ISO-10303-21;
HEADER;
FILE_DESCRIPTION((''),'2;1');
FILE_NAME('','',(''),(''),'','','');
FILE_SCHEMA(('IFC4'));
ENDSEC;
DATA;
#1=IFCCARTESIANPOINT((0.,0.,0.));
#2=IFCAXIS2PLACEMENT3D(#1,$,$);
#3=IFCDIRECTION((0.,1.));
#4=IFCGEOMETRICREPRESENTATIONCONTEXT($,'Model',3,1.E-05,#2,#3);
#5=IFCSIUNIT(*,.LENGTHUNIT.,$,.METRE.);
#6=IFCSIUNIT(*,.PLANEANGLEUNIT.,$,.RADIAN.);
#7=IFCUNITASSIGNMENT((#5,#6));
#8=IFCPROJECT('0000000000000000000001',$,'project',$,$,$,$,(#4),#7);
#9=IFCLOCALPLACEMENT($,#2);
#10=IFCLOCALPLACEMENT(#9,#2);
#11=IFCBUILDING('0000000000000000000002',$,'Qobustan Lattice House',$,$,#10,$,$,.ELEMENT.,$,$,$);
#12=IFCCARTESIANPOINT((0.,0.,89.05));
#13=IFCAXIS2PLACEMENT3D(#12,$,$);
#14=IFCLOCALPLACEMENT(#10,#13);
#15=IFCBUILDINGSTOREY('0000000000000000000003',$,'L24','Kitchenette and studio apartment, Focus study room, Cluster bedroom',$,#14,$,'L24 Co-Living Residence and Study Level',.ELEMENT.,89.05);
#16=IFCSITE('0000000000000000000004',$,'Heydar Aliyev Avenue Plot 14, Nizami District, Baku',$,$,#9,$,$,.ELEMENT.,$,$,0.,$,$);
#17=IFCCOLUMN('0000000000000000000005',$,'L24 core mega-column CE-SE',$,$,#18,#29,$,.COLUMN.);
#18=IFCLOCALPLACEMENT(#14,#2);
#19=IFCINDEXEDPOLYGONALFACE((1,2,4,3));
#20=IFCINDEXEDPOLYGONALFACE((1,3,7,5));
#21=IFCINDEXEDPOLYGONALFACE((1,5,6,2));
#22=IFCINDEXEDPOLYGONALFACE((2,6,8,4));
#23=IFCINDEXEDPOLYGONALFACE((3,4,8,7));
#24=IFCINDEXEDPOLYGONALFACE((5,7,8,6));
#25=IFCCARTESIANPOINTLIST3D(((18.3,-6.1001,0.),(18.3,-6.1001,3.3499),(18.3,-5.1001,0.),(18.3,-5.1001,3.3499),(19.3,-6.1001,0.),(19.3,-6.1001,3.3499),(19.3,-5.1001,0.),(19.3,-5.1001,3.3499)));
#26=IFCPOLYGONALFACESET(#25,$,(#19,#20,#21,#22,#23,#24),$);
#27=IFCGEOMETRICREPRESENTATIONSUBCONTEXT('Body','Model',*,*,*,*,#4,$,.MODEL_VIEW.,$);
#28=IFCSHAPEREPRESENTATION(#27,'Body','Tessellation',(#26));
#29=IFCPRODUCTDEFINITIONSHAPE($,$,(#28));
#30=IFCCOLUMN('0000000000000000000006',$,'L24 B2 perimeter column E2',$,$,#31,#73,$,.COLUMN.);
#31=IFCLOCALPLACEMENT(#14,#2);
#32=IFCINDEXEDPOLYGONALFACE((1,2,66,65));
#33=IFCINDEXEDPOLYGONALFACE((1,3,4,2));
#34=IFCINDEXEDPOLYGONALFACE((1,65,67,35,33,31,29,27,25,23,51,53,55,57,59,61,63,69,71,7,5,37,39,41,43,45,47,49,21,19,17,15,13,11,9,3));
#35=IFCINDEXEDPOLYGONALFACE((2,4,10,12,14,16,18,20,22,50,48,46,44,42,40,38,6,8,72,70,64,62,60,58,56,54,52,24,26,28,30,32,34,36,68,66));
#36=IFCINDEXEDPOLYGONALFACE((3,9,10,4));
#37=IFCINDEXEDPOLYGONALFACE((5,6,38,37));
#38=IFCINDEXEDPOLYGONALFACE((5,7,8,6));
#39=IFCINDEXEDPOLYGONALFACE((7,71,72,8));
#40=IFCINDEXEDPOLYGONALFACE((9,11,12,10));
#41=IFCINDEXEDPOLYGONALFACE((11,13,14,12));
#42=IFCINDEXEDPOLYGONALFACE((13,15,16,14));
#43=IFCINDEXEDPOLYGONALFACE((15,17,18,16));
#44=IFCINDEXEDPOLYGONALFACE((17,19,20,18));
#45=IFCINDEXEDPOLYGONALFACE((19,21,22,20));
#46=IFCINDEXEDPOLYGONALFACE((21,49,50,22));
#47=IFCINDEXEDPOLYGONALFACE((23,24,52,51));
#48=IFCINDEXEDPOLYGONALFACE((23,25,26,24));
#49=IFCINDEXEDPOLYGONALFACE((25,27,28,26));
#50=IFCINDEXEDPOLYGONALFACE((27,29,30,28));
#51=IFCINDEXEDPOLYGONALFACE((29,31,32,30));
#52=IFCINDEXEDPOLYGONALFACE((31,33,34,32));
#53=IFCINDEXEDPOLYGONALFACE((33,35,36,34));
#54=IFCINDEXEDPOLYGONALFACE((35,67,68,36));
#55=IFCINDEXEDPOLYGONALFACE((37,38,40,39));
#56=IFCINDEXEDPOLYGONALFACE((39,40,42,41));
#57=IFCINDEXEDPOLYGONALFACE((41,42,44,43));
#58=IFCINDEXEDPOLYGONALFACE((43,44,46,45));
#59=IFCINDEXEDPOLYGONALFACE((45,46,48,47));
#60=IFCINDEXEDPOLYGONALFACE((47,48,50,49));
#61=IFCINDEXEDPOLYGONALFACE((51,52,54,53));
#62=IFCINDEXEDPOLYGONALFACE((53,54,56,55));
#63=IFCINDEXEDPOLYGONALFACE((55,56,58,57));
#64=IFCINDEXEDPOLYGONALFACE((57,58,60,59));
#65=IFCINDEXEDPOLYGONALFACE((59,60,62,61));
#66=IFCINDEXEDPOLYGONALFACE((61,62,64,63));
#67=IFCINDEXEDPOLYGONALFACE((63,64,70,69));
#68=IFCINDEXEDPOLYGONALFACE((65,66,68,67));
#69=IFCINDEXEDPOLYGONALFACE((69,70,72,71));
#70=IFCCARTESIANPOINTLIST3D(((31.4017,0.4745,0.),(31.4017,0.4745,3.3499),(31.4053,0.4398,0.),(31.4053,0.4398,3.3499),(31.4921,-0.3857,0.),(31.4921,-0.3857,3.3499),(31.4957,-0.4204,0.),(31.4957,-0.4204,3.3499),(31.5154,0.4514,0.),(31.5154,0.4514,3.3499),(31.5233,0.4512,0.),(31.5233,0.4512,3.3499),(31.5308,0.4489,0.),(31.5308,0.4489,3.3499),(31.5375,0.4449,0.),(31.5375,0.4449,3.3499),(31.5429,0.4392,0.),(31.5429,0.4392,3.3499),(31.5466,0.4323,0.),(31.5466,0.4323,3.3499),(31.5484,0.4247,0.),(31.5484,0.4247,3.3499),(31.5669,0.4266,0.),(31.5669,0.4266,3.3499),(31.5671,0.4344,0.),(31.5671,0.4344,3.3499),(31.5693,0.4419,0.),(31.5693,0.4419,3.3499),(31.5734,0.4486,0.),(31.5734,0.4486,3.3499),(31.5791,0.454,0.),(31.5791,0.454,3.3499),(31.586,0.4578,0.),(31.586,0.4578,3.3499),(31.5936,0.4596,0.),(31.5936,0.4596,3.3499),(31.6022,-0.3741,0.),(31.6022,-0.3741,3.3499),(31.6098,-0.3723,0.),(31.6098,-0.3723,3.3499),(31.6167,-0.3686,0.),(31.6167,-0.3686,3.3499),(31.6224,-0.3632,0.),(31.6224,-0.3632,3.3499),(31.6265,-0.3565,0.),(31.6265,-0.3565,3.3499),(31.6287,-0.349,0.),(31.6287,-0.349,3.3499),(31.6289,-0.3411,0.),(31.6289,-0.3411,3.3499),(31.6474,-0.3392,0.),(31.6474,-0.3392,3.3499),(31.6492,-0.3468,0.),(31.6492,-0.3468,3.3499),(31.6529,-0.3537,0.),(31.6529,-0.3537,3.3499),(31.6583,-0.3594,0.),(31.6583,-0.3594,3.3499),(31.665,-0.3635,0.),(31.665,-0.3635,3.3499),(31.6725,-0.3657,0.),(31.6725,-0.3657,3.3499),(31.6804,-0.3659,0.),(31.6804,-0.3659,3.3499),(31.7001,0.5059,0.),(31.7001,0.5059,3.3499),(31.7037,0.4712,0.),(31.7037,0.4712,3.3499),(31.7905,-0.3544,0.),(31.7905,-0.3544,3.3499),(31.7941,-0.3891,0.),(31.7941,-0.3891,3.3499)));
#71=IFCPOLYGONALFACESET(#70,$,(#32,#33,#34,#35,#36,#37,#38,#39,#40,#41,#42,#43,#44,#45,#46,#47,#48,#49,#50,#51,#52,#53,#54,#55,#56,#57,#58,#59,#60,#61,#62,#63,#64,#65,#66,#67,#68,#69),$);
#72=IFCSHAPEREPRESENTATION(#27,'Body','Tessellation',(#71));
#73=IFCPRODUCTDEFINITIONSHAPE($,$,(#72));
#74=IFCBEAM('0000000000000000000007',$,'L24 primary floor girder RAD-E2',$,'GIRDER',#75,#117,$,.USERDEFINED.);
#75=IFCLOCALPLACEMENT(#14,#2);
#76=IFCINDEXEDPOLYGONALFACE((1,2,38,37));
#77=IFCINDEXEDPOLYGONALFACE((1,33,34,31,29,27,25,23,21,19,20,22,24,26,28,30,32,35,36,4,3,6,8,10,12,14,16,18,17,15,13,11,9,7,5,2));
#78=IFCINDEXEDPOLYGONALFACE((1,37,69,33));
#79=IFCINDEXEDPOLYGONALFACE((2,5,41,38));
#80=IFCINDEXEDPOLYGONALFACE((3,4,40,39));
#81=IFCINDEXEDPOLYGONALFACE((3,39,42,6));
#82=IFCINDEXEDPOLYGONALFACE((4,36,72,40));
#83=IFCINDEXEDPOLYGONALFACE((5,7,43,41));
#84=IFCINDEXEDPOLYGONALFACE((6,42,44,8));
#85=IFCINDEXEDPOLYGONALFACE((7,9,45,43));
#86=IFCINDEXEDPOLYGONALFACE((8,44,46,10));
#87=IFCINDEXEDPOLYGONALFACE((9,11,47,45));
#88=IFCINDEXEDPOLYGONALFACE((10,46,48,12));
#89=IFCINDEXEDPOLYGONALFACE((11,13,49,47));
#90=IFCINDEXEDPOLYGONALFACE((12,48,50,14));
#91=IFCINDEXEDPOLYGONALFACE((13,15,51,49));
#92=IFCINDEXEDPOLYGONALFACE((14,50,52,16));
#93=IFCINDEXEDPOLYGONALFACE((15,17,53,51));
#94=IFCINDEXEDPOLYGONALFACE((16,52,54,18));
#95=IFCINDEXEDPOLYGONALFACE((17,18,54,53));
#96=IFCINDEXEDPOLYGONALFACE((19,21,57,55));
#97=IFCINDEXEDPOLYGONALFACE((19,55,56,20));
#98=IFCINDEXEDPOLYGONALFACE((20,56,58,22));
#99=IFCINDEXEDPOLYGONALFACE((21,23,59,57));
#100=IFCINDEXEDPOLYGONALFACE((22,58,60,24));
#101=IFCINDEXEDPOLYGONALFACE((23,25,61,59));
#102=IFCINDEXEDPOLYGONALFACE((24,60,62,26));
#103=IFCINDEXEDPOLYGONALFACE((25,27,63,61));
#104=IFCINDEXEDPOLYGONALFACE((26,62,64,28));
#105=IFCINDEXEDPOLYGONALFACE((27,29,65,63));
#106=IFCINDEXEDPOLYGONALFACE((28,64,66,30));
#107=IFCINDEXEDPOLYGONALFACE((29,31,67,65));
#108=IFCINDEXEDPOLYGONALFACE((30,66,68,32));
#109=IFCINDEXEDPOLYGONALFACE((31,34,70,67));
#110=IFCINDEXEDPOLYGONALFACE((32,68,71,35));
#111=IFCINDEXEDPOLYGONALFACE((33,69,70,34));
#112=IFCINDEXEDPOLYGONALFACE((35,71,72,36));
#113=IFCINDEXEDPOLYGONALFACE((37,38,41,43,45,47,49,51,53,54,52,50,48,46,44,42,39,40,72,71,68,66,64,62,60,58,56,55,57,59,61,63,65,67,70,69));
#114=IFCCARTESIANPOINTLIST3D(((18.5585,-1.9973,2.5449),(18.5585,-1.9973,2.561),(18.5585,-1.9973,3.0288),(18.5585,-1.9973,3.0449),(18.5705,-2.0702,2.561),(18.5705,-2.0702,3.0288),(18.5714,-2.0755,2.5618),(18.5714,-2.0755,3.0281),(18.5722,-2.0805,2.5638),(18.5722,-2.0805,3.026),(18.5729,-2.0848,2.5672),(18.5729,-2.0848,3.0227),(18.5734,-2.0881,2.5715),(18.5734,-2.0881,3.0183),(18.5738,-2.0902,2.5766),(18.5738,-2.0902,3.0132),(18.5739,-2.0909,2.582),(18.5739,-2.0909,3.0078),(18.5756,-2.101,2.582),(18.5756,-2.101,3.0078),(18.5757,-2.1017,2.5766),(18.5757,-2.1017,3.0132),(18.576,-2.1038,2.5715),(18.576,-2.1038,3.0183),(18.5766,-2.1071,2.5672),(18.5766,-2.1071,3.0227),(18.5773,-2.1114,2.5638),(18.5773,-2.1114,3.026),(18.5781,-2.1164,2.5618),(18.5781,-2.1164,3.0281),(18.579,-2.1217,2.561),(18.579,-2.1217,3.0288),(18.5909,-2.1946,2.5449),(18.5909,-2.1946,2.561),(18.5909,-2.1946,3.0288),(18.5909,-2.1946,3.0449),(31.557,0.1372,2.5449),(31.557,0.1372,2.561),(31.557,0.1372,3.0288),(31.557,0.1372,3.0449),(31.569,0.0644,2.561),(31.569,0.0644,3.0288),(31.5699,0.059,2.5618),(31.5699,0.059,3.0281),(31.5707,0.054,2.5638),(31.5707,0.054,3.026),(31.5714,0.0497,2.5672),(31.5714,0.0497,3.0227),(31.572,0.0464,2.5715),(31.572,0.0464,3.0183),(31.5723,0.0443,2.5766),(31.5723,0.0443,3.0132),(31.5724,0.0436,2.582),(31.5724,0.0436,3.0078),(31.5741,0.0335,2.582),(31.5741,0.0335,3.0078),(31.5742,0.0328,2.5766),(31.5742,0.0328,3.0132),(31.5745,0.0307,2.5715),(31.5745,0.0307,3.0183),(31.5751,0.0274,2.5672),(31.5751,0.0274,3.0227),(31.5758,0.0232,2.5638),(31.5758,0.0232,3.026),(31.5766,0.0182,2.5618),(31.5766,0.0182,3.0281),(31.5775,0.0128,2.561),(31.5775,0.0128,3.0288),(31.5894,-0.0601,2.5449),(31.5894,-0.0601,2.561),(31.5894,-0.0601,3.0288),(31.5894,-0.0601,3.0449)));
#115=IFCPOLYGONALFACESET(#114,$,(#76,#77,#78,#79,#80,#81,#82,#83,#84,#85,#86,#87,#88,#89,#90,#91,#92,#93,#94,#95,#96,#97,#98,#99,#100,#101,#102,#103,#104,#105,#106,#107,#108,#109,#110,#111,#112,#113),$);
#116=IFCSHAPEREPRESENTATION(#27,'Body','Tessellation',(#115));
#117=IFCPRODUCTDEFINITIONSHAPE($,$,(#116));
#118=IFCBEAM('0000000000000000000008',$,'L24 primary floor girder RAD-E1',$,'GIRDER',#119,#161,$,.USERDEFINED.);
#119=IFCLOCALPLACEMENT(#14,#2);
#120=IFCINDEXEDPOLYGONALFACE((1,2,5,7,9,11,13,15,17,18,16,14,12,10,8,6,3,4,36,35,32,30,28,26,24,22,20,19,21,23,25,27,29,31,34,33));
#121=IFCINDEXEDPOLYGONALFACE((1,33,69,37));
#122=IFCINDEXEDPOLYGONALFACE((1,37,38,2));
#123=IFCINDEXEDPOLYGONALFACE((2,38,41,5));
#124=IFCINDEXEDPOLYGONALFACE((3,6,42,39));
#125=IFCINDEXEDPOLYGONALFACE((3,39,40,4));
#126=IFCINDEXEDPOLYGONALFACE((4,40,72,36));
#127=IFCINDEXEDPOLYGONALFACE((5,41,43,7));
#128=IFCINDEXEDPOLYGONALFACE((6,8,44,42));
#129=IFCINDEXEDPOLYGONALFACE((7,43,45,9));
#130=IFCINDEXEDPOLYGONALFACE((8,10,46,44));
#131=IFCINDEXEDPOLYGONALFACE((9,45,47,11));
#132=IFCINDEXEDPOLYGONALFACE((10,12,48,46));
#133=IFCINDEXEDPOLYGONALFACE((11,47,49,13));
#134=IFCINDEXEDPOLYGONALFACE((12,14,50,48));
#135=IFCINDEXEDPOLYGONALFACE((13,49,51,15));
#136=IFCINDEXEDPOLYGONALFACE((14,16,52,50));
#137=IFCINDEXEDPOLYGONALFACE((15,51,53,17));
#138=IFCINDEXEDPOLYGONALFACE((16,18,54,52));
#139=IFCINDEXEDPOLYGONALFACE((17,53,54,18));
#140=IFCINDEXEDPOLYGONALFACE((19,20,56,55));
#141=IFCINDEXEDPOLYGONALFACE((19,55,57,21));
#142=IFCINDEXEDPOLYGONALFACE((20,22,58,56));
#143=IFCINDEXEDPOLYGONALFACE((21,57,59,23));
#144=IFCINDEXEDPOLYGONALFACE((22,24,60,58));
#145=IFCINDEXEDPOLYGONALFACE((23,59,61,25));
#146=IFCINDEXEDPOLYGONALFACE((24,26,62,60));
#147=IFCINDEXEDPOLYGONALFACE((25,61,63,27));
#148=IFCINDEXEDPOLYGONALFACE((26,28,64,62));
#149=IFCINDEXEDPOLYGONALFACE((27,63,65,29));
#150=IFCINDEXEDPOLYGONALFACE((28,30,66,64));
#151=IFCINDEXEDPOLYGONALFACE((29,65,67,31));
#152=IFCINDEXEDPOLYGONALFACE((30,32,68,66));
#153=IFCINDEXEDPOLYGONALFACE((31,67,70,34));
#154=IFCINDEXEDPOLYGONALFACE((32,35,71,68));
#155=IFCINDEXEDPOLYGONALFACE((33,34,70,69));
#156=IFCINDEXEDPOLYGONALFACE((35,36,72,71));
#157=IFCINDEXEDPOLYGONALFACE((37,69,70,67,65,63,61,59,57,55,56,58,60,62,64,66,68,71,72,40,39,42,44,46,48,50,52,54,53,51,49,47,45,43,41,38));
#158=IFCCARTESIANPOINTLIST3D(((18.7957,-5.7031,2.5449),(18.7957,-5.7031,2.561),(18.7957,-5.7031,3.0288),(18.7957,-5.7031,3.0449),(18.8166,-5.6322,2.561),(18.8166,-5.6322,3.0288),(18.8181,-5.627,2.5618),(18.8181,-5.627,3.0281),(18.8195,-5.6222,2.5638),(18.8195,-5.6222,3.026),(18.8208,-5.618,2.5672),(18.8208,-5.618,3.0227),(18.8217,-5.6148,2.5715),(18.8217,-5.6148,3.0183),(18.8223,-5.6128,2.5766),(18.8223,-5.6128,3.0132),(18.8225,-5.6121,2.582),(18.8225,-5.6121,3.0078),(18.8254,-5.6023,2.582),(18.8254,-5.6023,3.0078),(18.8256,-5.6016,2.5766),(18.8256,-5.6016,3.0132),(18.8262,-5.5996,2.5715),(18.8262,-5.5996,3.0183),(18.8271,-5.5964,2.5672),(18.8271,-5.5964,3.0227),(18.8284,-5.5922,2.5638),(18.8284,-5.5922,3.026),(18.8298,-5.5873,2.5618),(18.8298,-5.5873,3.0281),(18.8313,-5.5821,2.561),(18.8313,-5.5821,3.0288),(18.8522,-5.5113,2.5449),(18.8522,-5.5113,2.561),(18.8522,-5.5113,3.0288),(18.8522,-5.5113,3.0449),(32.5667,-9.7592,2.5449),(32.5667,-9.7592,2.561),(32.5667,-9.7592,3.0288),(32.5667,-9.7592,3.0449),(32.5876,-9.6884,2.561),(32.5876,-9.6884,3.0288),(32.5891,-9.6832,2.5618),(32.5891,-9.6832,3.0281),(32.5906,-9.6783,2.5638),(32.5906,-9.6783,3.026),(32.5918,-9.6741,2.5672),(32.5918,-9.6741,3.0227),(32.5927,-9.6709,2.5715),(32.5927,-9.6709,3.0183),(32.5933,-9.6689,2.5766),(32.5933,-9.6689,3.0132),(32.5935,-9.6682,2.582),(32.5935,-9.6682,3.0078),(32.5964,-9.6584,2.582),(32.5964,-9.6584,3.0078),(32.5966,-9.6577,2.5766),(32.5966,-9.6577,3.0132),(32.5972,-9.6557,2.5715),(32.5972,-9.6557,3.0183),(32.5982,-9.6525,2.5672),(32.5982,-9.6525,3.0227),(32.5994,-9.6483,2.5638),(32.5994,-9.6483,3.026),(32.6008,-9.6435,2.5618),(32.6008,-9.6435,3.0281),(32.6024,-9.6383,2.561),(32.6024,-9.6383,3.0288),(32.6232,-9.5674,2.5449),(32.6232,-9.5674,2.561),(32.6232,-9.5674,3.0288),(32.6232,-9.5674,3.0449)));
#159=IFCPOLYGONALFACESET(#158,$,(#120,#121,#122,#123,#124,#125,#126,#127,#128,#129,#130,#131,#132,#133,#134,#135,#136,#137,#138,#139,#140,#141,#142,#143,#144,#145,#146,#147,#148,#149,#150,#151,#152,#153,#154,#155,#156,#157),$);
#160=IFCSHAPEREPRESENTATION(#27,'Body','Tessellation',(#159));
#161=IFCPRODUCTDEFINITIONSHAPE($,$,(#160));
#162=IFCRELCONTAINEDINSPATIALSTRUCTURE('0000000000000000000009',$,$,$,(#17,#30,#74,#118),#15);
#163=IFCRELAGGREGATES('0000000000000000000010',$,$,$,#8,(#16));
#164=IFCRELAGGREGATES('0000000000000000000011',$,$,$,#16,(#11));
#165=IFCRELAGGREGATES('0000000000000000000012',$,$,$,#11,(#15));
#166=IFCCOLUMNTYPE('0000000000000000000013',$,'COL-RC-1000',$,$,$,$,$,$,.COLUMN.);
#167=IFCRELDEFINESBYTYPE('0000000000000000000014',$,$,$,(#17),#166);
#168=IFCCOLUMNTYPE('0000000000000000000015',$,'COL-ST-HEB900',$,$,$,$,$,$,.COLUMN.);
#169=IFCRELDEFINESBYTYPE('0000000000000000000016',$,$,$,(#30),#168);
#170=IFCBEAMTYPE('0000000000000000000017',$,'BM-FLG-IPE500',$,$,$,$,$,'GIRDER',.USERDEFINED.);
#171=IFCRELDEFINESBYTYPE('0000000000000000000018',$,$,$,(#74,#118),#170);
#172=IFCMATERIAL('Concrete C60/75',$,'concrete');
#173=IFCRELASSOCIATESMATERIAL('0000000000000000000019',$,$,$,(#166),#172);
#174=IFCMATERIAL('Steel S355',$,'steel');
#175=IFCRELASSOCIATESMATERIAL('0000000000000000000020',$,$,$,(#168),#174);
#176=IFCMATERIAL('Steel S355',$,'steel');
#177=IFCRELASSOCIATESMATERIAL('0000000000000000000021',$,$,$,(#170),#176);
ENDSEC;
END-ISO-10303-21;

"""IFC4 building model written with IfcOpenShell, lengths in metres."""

from ifc_helpers import new_model, si_unit, direction, frame, origin, origin_2d, place, context, subcontext, project, spatial, rectangle, i_section, extrude, material, material_profile, profile_set, type_object, element, save


model = new_model("IFC4")

# Units and contexts
model_context = context("Model", 3, precision=1e-05, world=origin(), true_north=direction((0.0, 1.0)))
body_context = subcontext(model_context, "Body", "Model", "MODEL_VIEW")
ifc_project = project(units=[si_unit("LENGTHUNIT", "METRE"), si_unit("PLANEANGLEUNIT", "RADIAN")], contexts=[model_context])

# Site, building, storey
site_placement = place(None, origin())
site = spatial("IfcSite", under=ifc_project, at=site_placement, Name="Heydar Aliyev Avenue Plot 14, Nizami District, Baku", CompositionType="ELEMENT", RefElevation=0.0)
building_placement = place(site_placement, origin())
building = spatial("IfcBuilding", under=site, at=building_placement, Name="Qobustan Lattice House", CompositionType="ELEMENT")
storey_placement = place(building_placement, frame((0.0, 0.0, 89.05)))
storey = spatial("IfcBuildingStorey", under=building, at=storey_placement, Name="L24", Description="Kitchenette and studio apartment, Focus study room, Cluster bedroom", LongName="L24 Co-Living Residence and Study Level", CompositionType="ELEMENT", Elevation=89.05)

# Columns
ifc_material_1 = material(Name="Concrete C60/75", Category="concrete")
ifc_material_profile_1 = material_profile(ifc_material_1, rectangle(XDim=1.0, YDim=1.0, at=origin_2d()), Name="RC1000x1000")
ifc_profile_set_1 = profile_set([ifc_material_profile_1], Name="Concrete C60/75")
column_type_1 = type_object("IfcColumnType", Name="COL-RC-1000", PredefinedType="COLUMN", material=ifc_profile_set_1)
column_1_placement = place(storey_placement, frame((18.8, -5.6001, 0.0), z_axis=(0.0, 0.0, 1.0), x_axis=(1.0, 0.0, 0.0)))
element("IfcColumn", 1, at=column_1_placement, inside=storey, type_object=column_type_1, Name="L24 core mega-column CE-SE", PredefinedType="COLUMN", context=body_context, shape_type="SweptSolid", body=[
    extrude(rectangle(XDim=1.0, YDim=1.0, at=origin_2d()), origin(), (0.0, 0.0, 1.0), 3.3499),
])
ifc_material_2 = material(Name="Steel S355", Category="steel")
ifc_material_profile_2 = material_profile(ifc_material_2, i_section(OverallWidth=0.3, OverallDepth=0.8999, WebThickness=0.0186, FlangeThickness=0.0349, FilletRadius=0.03, at=origin_2d()), Name="HEB900")
ifc_profile_set_2 = profile_set([ifc_material_profile_2], Name="Steel S355")
column_type_2 = type_object("IfcColumnType", Name="COL-ST-HEB900", PredefinedType="COLUMN", material=ifc_profile_set_2)
column_2_placement = place(storey_placement, frame((31.5979, 0.0427, 0.0), z_axis=(0.0, 0.0, 1.0), x_axis=(0.994522, 0.104528, 0.0)))
element("IfcColumn", 2, at=column_2_placement, inside=storey, type_object=column_type_2, Name="L24 B2 perimeter column E2", PredefinedType="COLUMN", context=body_context, shape_type="SweptSolid", body=[
    extrude(i_section(OverallWidth=0.3, OverallDepth=0.8999, WebThickness=0.0186, FlangeThickness=0.0349, FilletRadius=0.03, at=origin_2d()), origin(), (0.0, 0.0, 1.0), 3.3499),
])

# Beams
ifc_material_3 = material(Name="Steel S355", Category="steel")
ifc_material_profile_3 = material_profile(ifc_material_3, i_section(OverallWidth=0.2, OverallDepth=0.5, WebThickness=0.0103, FlangeThickness=0.0161, FilletRadius=0.021, at=origin_2d()), Name="IPE500")
ifc_profile_set_3 = profile_set([ifc_material_profile_3], Name="Steel S355")
beam_type_1 = type_object("IfcBeamType", Name="BM-FLG-IPE500", ElementType="GIRDER", PredefinedType="USERDEFINED", material=ifc_profile_set_3)
beam_1_placement = place(storey_placement, frame((31.5732, 0.0386, 2.7949), z_axis=(-0.986784, -0.162042, 0.0), x_axis=(0.162042, -0.986784, 0.0)))
element("IfcBeam", 3, at=beam_1_placement, inside=storey, type_object=beam_type_1, Name="L24 primary floor girder RAD-E2", ObjectType="GIRDER", PredefinedType="USERDEFINED", context=body_context, shape_type="SweptSolid", body=[
    extrude(i_section(OverallWidth=0.2, OverallDepth=0.5, WebThickness=0.0103, FlangeThickness=0.0161, FilletRadius=0.021, at=origin_2d()), origin(), (0.0, 0.0, 1.0), 13.1726),
])
beam_2_placement = place(storey_placement, frame((32.595, -9.6633, 2.7949), z_axis=(-0.959255, 0.282542, 0.0), x_axis=(-0.282542, -0.959255, 0.0)))
element("IfcBeam", 4, at=beam_2_placement, inside=storey, type_object=beam_type_1, Name="L24 primary floor girder RAD-E1", ObjectType="GIRDER", PredefinedType="USERDEFINED", context=body_context, shape_type="SweptSolid", body=[
    extrude(i_section(OverallWidth=0.2, OverallDepth=0.5, WebThickness=0.0103, FlangeThickness=0.0161, FilletRadius=0.021, at=origin_2d()), origin(), (0.0, 0.0, 1.0), 14.356),
])

save(model, "model.ifc")
